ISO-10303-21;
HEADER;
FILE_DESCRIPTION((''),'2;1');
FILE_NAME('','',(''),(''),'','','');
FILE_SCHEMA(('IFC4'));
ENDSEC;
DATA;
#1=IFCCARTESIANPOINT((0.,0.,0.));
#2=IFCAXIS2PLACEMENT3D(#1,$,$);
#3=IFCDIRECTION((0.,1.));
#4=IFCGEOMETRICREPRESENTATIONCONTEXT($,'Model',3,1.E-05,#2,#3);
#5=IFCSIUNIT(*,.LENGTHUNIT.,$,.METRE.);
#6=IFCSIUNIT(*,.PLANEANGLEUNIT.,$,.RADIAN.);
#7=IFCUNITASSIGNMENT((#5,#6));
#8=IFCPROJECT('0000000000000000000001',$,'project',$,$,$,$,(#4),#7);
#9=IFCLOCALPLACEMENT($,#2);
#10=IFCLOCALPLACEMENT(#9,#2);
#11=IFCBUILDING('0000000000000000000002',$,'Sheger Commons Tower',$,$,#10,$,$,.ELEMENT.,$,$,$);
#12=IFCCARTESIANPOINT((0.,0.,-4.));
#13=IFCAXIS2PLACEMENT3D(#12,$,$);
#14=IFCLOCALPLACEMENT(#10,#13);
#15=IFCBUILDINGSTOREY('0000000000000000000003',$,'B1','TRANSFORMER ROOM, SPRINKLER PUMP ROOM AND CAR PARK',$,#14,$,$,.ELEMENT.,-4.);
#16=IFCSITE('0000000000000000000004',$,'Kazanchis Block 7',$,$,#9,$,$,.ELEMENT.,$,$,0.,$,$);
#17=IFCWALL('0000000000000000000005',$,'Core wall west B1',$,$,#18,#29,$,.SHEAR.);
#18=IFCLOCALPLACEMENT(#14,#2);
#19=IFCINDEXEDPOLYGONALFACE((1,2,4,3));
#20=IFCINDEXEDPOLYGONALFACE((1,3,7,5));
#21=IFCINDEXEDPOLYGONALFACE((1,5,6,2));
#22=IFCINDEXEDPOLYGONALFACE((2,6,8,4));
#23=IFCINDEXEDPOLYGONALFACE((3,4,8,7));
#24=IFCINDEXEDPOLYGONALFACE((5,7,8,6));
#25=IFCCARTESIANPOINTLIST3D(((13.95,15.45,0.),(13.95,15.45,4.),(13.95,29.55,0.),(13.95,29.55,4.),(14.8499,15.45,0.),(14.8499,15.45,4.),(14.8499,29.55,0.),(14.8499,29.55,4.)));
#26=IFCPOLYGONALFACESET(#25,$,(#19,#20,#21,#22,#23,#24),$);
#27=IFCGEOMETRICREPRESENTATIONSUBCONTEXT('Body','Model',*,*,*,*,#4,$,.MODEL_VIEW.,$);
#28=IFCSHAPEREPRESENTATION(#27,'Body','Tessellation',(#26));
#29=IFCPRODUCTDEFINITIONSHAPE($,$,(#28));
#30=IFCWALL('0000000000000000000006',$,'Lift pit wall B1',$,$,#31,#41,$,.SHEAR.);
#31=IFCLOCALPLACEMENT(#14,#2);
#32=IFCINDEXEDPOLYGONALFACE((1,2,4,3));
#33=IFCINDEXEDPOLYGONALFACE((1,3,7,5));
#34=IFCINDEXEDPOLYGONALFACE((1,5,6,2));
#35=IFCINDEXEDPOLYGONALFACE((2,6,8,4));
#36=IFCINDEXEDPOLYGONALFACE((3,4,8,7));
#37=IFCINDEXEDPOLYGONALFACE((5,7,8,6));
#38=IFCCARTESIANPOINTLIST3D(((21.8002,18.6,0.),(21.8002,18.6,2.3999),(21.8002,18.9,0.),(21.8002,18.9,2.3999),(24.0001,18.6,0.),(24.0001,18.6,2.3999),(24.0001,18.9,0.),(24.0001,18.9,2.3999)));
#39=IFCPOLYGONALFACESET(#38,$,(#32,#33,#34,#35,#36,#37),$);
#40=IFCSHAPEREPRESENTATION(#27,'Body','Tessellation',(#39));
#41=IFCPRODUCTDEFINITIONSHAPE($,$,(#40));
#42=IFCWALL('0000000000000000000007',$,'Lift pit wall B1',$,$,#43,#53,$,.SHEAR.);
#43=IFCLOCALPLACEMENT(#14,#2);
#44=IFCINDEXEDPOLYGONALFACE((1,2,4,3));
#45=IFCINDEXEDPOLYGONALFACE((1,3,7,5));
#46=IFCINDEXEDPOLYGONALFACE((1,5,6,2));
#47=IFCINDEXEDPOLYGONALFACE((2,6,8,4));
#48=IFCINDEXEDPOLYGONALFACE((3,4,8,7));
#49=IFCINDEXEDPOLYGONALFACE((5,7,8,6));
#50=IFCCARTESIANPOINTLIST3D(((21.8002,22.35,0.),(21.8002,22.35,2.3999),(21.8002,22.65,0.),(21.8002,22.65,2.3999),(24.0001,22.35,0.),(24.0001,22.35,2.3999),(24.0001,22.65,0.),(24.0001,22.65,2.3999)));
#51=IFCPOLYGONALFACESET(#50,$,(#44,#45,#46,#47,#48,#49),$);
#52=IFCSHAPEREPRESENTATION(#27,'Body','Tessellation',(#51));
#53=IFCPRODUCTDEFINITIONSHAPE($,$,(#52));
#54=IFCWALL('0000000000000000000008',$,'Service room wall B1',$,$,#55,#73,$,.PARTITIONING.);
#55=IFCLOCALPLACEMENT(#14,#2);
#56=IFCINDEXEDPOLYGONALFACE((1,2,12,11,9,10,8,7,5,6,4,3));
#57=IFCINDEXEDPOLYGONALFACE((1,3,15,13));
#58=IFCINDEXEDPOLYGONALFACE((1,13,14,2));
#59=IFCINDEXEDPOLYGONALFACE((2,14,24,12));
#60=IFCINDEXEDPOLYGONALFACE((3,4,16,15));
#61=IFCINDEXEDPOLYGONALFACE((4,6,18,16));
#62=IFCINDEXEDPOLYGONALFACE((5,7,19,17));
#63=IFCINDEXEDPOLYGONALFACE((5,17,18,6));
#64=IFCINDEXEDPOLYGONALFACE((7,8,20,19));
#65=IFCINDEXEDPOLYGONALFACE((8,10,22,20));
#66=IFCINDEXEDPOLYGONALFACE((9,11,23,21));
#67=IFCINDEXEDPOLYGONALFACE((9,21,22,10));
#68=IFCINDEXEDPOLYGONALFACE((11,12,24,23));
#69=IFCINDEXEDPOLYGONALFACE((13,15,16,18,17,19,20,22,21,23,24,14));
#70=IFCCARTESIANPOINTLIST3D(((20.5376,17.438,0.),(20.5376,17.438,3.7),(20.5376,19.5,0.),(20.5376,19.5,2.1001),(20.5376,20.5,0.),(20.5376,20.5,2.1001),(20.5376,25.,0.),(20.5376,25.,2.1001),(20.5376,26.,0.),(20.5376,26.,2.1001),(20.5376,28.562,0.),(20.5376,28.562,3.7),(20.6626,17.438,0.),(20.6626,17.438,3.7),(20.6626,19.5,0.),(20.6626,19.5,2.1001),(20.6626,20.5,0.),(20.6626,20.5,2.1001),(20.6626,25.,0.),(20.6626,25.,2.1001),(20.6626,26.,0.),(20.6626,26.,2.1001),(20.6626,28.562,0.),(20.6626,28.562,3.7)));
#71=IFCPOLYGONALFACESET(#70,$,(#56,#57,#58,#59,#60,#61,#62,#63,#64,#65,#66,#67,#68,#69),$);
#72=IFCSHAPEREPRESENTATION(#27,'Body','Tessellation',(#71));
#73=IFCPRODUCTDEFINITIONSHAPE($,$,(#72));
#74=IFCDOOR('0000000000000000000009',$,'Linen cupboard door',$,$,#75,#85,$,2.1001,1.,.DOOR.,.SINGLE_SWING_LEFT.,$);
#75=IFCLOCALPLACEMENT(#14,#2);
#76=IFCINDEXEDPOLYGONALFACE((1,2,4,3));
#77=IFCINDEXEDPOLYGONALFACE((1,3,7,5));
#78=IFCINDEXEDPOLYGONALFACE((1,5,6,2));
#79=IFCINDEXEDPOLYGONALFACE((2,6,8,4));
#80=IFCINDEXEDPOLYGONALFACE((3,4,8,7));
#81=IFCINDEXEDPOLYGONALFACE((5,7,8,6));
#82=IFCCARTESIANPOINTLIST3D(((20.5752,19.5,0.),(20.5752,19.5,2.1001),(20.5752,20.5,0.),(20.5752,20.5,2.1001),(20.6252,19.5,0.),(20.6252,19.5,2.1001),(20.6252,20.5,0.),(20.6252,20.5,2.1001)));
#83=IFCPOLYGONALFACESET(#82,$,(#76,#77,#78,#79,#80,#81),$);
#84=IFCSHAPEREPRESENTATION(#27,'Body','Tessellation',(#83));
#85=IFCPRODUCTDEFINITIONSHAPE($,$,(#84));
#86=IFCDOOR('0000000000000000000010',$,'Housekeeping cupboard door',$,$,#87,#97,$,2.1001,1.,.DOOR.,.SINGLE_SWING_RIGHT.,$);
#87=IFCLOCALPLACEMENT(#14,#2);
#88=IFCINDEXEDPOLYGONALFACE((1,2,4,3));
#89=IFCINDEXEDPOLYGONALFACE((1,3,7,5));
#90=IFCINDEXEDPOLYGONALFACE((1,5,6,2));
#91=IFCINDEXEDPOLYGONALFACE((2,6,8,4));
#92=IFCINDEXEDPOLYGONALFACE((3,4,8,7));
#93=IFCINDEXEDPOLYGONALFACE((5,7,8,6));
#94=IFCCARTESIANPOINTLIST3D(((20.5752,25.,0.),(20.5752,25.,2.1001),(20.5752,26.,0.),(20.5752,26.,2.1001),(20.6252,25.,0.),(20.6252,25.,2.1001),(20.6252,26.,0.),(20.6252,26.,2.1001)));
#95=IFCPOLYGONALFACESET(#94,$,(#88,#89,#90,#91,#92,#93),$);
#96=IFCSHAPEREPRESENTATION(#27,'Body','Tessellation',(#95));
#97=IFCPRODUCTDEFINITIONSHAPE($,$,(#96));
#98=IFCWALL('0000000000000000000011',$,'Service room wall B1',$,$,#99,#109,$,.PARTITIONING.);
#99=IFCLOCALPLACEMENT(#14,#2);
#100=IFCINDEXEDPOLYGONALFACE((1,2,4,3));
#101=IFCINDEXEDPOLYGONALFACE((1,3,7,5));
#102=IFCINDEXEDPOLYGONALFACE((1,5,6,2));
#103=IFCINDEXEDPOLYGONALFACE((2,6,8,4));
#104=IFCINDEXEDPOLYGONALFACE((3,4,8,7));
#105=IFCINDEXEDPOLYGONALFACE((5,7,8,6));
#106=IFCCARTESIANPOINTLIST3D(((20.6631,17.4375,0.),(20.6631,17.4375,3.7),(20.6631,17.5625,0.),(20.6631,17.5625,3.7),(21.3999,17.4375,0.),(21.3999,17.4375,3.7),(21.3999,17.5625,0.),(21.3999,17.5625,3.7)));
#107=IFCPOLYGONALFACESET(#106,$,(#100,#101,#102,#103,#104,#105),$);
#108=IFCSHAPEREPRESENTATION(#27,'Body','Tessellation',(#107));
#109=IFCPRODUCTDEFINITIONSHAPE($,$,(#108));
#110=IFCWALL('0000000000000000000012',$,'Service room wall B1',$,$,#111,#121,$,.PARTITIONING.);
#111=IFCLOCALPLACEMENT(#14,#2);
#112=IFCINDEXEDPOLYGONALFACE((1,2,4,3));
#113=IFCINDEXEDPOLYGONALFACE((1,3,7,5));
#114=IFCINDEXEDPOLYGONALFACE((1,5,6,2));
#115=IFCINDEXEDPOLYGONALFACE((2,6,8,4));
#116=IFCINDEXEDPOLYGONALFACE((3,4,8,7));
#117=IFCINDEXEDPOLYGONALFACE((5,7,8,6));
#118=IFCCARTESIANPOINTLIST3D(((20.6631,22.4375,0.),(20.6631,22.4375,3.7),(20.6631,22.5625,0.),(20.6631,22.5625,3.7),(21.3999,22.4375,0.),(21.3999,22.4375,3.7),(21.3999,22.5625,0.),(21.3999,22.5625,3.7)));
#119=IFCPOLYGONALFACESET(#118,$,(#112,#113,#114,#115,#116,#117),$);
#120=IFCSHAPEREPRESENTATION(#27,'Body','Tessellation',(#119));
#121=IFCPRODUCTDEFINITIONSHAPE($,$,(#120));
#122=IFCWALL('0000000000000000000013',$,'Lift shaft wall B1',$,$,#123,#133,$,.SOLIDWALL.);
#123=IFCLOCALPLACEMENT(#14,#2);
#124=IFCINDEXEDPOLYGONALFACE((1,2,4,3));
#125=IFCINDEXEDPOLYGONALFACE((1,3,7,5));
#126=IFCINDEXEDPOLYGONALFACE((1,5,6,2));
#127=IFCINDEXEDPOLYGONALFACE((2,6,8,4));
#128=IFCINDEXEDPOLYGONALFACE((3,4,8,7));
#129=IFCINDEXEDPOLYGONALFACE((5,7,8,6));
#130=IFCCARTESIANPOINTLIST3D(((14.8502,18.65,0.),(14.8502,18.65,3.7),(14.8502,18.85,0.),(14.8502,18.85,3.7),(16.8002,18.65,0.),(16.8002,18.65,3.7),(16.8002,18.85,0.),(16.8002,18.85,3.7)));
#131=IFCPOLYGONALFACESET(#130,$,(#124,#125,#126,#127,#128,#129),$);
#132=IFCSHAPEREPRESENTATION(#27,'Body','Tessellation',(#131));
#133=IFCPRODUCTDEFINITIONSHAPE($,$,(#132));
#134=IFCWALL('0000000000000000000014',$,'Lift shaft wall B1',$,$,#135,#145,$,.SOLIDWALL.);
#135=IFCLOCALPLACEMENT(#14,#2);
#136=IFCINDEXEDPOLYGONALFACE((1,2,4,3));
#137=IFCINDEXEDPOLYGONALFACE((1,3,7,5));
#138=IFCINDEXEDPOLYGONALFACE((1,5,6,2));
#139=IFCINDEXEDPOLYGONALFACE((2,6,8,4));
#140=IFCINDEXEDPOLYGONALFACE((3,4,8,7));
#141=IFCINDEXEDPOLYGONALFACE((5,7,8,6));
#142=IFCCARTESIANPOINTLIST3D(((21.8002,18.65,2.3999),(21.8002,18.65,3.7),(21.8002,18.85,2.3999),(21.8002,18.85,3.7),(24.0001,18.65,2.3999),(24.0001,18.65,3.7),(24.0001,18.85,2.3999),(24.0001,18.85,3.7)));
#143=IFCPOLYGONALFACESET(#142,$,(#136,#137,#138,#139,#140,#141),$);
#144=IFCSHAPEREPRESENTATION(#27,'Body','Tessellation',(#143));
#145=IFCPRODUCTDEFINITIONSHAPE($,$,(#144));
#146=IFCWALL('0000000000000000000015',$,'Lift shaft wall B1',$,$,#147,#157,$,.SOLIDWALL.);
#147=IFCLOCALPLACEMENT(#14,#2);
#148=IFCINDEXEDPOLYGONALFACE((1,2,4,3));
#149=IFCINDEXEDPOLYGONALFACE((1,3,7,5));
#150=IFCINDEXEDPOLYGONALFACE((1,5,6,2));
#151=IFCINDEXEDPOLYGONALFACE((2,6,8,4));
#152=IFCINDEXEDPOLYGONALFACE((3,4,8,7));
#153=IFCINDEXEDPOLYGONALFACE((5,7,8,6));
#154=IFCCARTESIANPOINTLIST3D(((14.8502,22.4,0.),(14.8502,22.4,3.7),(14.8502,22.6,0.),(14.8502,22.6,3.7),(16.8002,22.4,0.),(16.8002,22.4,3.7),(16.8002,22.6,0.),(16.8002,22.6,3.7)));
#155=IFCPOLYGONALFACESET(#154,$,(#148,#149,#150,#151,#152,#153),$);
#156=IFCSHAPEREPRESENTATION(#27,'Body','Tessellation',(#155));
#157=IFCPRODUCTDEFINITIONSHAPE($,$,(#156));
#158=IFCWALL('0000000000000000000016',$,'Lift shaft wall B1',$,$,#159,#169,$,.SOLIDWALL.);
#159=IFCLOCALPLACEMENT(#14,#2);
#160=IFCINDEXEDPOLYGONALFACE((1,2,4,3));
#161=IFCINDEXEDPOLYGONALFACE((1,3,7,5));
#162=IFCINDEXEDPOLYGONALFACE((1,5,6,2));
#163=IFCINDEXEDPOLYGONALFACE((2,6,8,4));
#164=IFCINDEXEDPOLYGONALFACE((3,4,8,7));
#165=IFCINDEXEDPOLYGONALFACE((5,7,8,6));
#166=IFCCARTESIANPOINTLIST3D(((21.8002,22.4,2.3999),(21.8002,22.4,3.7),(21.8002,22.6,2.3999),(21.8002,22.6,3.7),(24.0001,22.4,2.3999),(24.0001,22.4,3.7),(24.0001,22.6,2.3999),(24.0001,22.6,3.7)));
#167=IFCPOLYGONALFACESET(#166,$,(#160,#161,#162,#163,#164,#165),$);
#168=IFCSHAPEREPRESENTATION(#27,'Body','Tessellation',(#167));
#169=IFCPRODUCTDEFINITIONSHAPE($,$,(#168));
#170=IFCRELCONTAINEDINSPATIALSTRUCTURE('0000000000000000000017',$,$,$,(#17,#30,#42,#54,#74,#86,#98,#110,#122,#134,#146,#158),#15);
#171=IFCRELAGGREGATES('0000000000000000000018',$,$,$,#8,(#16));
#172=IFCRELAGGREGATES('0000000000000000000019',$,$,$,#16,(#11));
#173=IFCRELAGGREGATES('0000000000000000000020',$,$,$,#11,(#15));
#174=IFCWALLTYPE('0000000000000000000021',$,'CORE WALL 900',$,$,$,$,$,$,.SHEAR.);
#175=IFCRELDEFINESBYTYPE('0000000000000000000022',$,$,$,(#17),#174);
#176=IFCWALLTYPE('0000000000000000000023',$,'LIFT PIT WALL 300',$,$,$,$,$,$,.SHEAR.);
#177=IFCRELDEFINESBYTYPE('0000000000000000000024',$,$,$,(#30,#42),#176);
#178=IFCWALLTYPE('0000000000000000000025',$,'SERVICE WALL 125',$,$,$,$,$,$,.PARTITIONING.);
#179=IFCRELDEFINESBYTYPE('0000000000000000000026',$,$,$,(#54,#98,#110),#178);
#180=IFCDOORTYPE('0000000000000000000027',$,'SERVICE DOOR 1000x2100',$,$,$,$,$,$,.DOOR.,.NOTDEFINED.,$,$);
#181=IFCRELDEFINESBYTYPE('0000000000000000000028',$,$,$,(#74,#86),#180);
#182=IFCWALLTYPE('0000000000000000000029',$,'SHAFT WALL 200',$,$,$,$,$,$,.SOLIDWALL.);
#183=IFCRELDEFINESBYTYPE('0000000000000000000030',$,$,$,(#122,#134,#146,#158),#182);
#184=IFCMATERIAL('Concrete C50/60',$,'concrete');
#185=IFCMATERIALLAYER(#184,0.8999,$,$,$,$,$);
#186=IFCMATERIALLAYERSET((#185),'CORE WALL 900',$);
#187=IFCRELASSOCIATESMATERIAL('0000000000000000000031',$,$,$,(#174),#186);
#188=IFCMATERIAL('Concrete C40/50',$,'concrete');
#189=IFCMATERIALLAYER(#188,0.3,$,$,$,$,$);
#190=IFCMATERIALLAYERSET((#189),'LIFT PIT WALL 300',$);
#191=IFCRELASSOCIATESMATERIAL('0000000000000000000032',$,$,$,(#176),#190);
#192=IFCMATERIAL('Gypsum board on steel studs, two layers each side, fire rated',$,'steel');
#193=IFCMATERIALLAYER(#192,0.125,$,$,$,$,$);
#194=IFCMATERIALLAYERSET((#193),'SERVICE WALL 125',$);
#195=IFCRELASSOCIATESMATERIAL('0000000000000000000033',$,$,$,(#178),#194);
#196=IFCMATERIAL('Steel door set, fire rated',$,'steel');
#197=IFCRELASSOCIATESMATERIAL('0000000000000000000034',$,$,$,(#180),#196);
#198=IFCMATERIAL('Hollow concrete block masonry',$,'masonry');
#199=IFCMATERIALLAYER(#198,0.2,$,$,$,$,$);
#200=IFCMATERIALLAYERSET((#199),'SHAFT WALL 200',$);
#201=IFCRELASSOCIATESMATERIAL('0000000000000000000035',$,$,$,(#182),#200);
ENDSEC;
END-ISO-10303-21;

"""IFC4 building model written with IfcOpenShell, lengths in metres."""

from ifc_helpers import new_model, si_unit, direction, frame, frame_2d, origin, place, context, subcontext, project, spatial, rectangle, extrude, material, layer, layer_set, type_object, element, fill, save


model = new_model("IFC4")

# Units and contexts
model_context = context("Model", 3, precision=1e-05, world=origin(), true_north=direction((0.0, 1.0)))
body_context = subcontext(model_context, "Body", "Model", "MODEL_VIEW")
ifc_project = project(units=[si_unit("LENGTHUNIT", "METRE"), si_unit("PLANEANGLEUNIT", "RADIAN")], contexts=[model_context])

# Site, building, storey
site_placement = place(None, origin())
site = spatial("IfcSite", under=ifc_project, at=site_placement, Name="Kazanchis Block 7", CompositionType="ELEMENT", RefElevation=0.0)
building_placement = place(site_placement, origin())
building = spatial("IfcBuilding", under=site, at=building_placement, Name="Sheger Commons Tower", CompositionType="ELEMENT")
storey_placement = place(building_placement, frame((0.0, 0.0, -4.0)))
storey = spatial("IfcBuildingStorey", under=building, at=storey_placement, Name="B1", Description="TRANSFORMER ROOM, SPRINKLER PUMP ROOM AND CAR PARK", CompositionType="ELEMENT", Elevation=-4.0)

# Shared definitions
ifc_material_1 = material(Name="Concrete C50/60", Category="concrete")
ifc_layer_1 = layer(ifc_material_1, 0.8999)
ifc_layer_set_1 = layer_set([ifc_layer_1], Name="CORE WALL 900")
wall_type_1 = type_object("IfcWallType", Name="CORE WALL 900", PredefinedType="SHEAR", material=ifc_layer_set_1)

# Walls
wall_1_placement = place(storey_placement, frame((14.3999, 15.45, 0.0), z_axis=(0.0, 0.0, 1.0), x_axis=(0.0, 1.0, 0.0)))
element("IfcWall", 1, at=wall_1_placement, inside=storey, type_object=wall_type_1, Name="Core wall west B1", PredefinedType="SHEAR", context=body_context, shape_type="SweptSolid", body=[
    extrude(rectangle(XDim=14.1001, YDim=0.8999, at=frame_2d((7.05, 0.0))), origin(), (0.0, 0.0, 1.0), 4.0),
])
ifc_material_2 = material(Name="Concrete C40/50", Category="concrete")
ifc_layer_2 = layer(ifc_material_2, 0.3)
ifc_layer_set_2 = layer_set([ifc_layer_2], Name="LIFT PIT WALL 300")
wall_type_2 = type_object("IfcWallType", Name="LIFT PIT WALL 300", PredefinedType="SHEAR", material=ifc_layer_set_2)
for number, where, z_axis, x_axis, name in (
    (2, (21.8, 18.75, 0.0), (0.0, 0.0, 1.0), (1.0, 0.0, 0.0), "Lift pit wall B1"),
    (3, (21.8, 22.5, 0.0), (0.0, 0.0, 1.0), (1.0, 0.0, 0.0), "Lift pit wall B1"),
):
    element("IfcWall", number, at=place(storey_placement, frame(where, z_axis=z_axis, x_axis=x_axis)), inside=storey, type_object=wall_type_2, Name=name, PredefinedType="SHEAR", context=body_context, shape_type="SweptSolid", body=[
        extrude(rectangle(XDim=2.2, YDim=0.3, at=frame_2d((1.1001, 0.0))), origin(), (0.0, 0.0, 1.0), 2.3999),
    ])

# Wall, openings, doors
ifc_material_3 = material(Name="Gypsum board on steel studs, two layers each side, fire rated", Category="steel")
ifc_layer_3 = layer(ifc_material_3, 0.125)
ifc_layer_set_3 = layer_set([ifc_layer_3], Name="SERVICE WALL 125")
wall_type_3 = type_object("IfcWallType", Name="SERVICE WALL 125", PredefinedType="PARTITIONING", material=ifc_layer_set_3)
wall_2_placement = place(storey_placement, frame((20.6001, 17.438, 0.0), z_axis=(0.0, 0.0, 1.0), x_axis=(0.0, 1.0, 0.0)))
wall_2 = element("IfcWall", 4, at=wall_2_placement, inside=storey, type_object=wall_type_3, Name="Service room wall B1", PredefinedType="PARTITIONING", context=body_context, shape_type="SweptSolid", body=[
    extrude(rectangle(XDim=11.124, YDim=0.125, at=frame_2d((5.562, 0.0))), origin(), (0.0, 0.0, 1.0), 3.7),
])
opening_1_placement = place(wall_2_placement, frame((2.062, 0.0, 0.0)))
opening_1 = element("IfcOpeningElement", 5, at=opening_1_placement, cuts=wall_2, PredefinedType="OPENING", context=body_context, shape_type="SweptSolid", body=[
    extrude(rectangle(XDim=1.0, YDim=2.1001, at=frame_2d((0.5, 1.05))), frame((0.0, 0.0725, 0.0), z_axis=(0.0, -1.0, 0.0), x_axis=(1.0, 0.0, 0.0)), (0.0, 0.0, 1.0), 0.145),
])
opening_2_placement = place(wall_2_placement, frame((7.562, 0.0, 0.0)))
opening_2 = element("IfcOpeningElement", 6, at=opening_2_placement, cuts=wall_2, PredefinedType="OPENING", context=body_context, shape_type="SweptSolid", body=[
    extrude(rectangle(XDim=1.0, YDim=2.1001, at=frame_2d((0.5, 1.05))), frame((0.0, 0.0725, 0.0), z_axis=(0.0, -1.0, 0.0), x_axis=(1.0, 0.0, 0.0)), (0.0, 0.0, 1.0), 0.145),
])
ifc_material_4 = material(Name="Steel door set, fire rated", Category="steel")
door_type_1 = type_object("IfcDoorType", Name="SERVICE DOOR 1000x2100", OperationType="NOTDEFINED", PredefinedType="DOOR", material=ifc_material_4)
door_1_placement = place(opening_1_placement, origin())
door_1 = element("IfcDoor", 7, at=door_1_placement, inside=storey, type_object=door_type_1, Name="Linen cupboard door", OperationType="SINGLE_SWING_LEFT", OverallHeight=2.1001, OverallWidth=1.0, PredefinedType="DOOR", context=body_context, shape_type="SweptSolid", body=[
    extrude(rectangle(XDim=1.0, YDim=2.1001, at=frame_2d((0.5, 1.05))), frame((0.0, 0.0249, 0.0), z_axis=(0.0, -1.0, 0.0), x_axis=(1.0, 0.0, 0.0)), (0.0, 0.0, 1.0), 0.05),
])
fill(opening_1, door_1)
door_2_placement = place(opening_2_placement, origin())
door_2 = element("IfcDoor", 8, at=door_2_placement, inside=storey, type_object=door_type_1, Name="Housekeeping cupboard door", OperationType="SINGLE_SWING_RIGHT", OverallHeight=2.1001, OverallWidth=1.0, PredefinedType="DOOR", context=body_context, shape_type="SweptSolid", body=[
    extrude(rectangle(XDim=1.0, YDim=2.1001, at=frame_2d((0.5, 1.05))), frame((0.0, 0.0249, 0.0), z_axis=(0.0, -1.0, 0.0), x_axis=(1.0, 0.0, 0.0)), (0.0, 0.0, 1.0), 0.05),
])
fill(opening_2, door_2)

# Walls
for number, where, z_axis, x_axis, name in (
    (9, (20.6631, 17.5, 0.0), (0.0, 0.0, 1.0), (1.0, 0.0, 0.0), "Service room wall B1"),
    (10, (20.6631, 22.5, 0.0), (0.0, 0.0, 1.0), (1.0, 0.0, 0.0), "Service room wall B1"),
):
    element("IfcWall", number, at=place(storey_placement, frame(where, z_axis=z_axis, x_axis=x_axis)), inside=storey, type_object=wall_type_3, Name=name, PredefinedType="PARTITIONING", context=body_context, shape_type="SweptSolid", body=[
        extrude(rectangle(XDim=0.7368, YDim=0.125, at=frame_2d((0.3684, 0.0))), origin(), (0.0, 0.0, 1.0), 3.7),
    ])
ifc_material_5 = material(Name="Hollow concrete block masonry", Category="masonry")
ifc_layer_4 = layer(ifc_material_5, 0.2)
ifc_layer_set_4 = layer_set([ifc_layer_4], Name="SHAFT WALL 200")
wall_type_4 = type_object("IfcWallType", Name="SHAFT WALL 200", PredefinedType="SOLIDWALL", material=ifc_layer_set_4)
wall_3_placement = place(storey_placement, frame((14.8501, 18.75, 0.0), z_axis=(0.0, 0.0, 1.0), x_axis=(1.0, 0.0, 0.0)))
element("IfcWall", 11, at=wall_3_placement, inside=storey, type_object=wall_type_4, Name="Lift shaft wall B1", PredefinedType="SOLIDWALL", context=body_context, shape_type="SweptSolid", body=[
    extrude(rectangle(XDim=1.95, YDim=0.2, at=frame_2d((0.9751, 0.0))), origin(), (0.0, 0.0, 1.0), 3.7),
])
wall_4_placement = place(storey_placement, frame((21.8, 18.75, 2.3999), z_axis=(0.0, 0.0, 1.0), x_axis=(1.0, 0.0, 0.0)))
element("IfcWall", 12, at=wall_4_placement, inside=storey, type_object=wall_type_4, Name="Lift shaft wall B1", PredefinedType="SOLIDWALL", context=body_context, shape_type="SweptSolid", body=[
    extrude(rectangle(XDim=2.2, YDim=0.2, at=frame_2d((1.1001, 0.0))), origin(), (0.0, 0.0, 1.0), 1.3),
])
wall_5_placement = place(storey_placement, frame((14.8501, 22.5, 0.0), z_axis=(0.0, 0.0, 1.0), x_axis=(1.0, 0.0, 0.0)))
element("IfcWall", 13, at=wall_5_placement, inside=storey, type_object=wall_type_4, Name="Lift shaft wall B1", PredefinedType="SOLIDWALL", context=body_context, shape_type="SweptSolid", body=[
    extrude(rectangle(XDim=1.95, YDim=0.2, at=frame_2d((0.9751, 0.0))), origin(), (0.0, 0.0, 1.0), 3.7),
])
wall_6_placement = place(storey_placement, frame((21.8, 22.5, 2.3999), z_axis=(0.0, 0.0, 1.0), x_axis=(1.0, 0.0, 0.0)))
element("IfcWall", 14, at=wall_6_placement, inside=storey, type_object=wall_type_4, Name="Lift shaft wall B1", PredefinedType="SOLIDWALL", context=body_context, shape_type="SweptSolid", body=[
    extrude(rectangle(XDim=2.2, YDim=0.2, at=frame_2d((1.1001, 0.0))), origin(), (0.0, 0.0, 1.0), 1.3),
])

save(model, "model.ifc")
